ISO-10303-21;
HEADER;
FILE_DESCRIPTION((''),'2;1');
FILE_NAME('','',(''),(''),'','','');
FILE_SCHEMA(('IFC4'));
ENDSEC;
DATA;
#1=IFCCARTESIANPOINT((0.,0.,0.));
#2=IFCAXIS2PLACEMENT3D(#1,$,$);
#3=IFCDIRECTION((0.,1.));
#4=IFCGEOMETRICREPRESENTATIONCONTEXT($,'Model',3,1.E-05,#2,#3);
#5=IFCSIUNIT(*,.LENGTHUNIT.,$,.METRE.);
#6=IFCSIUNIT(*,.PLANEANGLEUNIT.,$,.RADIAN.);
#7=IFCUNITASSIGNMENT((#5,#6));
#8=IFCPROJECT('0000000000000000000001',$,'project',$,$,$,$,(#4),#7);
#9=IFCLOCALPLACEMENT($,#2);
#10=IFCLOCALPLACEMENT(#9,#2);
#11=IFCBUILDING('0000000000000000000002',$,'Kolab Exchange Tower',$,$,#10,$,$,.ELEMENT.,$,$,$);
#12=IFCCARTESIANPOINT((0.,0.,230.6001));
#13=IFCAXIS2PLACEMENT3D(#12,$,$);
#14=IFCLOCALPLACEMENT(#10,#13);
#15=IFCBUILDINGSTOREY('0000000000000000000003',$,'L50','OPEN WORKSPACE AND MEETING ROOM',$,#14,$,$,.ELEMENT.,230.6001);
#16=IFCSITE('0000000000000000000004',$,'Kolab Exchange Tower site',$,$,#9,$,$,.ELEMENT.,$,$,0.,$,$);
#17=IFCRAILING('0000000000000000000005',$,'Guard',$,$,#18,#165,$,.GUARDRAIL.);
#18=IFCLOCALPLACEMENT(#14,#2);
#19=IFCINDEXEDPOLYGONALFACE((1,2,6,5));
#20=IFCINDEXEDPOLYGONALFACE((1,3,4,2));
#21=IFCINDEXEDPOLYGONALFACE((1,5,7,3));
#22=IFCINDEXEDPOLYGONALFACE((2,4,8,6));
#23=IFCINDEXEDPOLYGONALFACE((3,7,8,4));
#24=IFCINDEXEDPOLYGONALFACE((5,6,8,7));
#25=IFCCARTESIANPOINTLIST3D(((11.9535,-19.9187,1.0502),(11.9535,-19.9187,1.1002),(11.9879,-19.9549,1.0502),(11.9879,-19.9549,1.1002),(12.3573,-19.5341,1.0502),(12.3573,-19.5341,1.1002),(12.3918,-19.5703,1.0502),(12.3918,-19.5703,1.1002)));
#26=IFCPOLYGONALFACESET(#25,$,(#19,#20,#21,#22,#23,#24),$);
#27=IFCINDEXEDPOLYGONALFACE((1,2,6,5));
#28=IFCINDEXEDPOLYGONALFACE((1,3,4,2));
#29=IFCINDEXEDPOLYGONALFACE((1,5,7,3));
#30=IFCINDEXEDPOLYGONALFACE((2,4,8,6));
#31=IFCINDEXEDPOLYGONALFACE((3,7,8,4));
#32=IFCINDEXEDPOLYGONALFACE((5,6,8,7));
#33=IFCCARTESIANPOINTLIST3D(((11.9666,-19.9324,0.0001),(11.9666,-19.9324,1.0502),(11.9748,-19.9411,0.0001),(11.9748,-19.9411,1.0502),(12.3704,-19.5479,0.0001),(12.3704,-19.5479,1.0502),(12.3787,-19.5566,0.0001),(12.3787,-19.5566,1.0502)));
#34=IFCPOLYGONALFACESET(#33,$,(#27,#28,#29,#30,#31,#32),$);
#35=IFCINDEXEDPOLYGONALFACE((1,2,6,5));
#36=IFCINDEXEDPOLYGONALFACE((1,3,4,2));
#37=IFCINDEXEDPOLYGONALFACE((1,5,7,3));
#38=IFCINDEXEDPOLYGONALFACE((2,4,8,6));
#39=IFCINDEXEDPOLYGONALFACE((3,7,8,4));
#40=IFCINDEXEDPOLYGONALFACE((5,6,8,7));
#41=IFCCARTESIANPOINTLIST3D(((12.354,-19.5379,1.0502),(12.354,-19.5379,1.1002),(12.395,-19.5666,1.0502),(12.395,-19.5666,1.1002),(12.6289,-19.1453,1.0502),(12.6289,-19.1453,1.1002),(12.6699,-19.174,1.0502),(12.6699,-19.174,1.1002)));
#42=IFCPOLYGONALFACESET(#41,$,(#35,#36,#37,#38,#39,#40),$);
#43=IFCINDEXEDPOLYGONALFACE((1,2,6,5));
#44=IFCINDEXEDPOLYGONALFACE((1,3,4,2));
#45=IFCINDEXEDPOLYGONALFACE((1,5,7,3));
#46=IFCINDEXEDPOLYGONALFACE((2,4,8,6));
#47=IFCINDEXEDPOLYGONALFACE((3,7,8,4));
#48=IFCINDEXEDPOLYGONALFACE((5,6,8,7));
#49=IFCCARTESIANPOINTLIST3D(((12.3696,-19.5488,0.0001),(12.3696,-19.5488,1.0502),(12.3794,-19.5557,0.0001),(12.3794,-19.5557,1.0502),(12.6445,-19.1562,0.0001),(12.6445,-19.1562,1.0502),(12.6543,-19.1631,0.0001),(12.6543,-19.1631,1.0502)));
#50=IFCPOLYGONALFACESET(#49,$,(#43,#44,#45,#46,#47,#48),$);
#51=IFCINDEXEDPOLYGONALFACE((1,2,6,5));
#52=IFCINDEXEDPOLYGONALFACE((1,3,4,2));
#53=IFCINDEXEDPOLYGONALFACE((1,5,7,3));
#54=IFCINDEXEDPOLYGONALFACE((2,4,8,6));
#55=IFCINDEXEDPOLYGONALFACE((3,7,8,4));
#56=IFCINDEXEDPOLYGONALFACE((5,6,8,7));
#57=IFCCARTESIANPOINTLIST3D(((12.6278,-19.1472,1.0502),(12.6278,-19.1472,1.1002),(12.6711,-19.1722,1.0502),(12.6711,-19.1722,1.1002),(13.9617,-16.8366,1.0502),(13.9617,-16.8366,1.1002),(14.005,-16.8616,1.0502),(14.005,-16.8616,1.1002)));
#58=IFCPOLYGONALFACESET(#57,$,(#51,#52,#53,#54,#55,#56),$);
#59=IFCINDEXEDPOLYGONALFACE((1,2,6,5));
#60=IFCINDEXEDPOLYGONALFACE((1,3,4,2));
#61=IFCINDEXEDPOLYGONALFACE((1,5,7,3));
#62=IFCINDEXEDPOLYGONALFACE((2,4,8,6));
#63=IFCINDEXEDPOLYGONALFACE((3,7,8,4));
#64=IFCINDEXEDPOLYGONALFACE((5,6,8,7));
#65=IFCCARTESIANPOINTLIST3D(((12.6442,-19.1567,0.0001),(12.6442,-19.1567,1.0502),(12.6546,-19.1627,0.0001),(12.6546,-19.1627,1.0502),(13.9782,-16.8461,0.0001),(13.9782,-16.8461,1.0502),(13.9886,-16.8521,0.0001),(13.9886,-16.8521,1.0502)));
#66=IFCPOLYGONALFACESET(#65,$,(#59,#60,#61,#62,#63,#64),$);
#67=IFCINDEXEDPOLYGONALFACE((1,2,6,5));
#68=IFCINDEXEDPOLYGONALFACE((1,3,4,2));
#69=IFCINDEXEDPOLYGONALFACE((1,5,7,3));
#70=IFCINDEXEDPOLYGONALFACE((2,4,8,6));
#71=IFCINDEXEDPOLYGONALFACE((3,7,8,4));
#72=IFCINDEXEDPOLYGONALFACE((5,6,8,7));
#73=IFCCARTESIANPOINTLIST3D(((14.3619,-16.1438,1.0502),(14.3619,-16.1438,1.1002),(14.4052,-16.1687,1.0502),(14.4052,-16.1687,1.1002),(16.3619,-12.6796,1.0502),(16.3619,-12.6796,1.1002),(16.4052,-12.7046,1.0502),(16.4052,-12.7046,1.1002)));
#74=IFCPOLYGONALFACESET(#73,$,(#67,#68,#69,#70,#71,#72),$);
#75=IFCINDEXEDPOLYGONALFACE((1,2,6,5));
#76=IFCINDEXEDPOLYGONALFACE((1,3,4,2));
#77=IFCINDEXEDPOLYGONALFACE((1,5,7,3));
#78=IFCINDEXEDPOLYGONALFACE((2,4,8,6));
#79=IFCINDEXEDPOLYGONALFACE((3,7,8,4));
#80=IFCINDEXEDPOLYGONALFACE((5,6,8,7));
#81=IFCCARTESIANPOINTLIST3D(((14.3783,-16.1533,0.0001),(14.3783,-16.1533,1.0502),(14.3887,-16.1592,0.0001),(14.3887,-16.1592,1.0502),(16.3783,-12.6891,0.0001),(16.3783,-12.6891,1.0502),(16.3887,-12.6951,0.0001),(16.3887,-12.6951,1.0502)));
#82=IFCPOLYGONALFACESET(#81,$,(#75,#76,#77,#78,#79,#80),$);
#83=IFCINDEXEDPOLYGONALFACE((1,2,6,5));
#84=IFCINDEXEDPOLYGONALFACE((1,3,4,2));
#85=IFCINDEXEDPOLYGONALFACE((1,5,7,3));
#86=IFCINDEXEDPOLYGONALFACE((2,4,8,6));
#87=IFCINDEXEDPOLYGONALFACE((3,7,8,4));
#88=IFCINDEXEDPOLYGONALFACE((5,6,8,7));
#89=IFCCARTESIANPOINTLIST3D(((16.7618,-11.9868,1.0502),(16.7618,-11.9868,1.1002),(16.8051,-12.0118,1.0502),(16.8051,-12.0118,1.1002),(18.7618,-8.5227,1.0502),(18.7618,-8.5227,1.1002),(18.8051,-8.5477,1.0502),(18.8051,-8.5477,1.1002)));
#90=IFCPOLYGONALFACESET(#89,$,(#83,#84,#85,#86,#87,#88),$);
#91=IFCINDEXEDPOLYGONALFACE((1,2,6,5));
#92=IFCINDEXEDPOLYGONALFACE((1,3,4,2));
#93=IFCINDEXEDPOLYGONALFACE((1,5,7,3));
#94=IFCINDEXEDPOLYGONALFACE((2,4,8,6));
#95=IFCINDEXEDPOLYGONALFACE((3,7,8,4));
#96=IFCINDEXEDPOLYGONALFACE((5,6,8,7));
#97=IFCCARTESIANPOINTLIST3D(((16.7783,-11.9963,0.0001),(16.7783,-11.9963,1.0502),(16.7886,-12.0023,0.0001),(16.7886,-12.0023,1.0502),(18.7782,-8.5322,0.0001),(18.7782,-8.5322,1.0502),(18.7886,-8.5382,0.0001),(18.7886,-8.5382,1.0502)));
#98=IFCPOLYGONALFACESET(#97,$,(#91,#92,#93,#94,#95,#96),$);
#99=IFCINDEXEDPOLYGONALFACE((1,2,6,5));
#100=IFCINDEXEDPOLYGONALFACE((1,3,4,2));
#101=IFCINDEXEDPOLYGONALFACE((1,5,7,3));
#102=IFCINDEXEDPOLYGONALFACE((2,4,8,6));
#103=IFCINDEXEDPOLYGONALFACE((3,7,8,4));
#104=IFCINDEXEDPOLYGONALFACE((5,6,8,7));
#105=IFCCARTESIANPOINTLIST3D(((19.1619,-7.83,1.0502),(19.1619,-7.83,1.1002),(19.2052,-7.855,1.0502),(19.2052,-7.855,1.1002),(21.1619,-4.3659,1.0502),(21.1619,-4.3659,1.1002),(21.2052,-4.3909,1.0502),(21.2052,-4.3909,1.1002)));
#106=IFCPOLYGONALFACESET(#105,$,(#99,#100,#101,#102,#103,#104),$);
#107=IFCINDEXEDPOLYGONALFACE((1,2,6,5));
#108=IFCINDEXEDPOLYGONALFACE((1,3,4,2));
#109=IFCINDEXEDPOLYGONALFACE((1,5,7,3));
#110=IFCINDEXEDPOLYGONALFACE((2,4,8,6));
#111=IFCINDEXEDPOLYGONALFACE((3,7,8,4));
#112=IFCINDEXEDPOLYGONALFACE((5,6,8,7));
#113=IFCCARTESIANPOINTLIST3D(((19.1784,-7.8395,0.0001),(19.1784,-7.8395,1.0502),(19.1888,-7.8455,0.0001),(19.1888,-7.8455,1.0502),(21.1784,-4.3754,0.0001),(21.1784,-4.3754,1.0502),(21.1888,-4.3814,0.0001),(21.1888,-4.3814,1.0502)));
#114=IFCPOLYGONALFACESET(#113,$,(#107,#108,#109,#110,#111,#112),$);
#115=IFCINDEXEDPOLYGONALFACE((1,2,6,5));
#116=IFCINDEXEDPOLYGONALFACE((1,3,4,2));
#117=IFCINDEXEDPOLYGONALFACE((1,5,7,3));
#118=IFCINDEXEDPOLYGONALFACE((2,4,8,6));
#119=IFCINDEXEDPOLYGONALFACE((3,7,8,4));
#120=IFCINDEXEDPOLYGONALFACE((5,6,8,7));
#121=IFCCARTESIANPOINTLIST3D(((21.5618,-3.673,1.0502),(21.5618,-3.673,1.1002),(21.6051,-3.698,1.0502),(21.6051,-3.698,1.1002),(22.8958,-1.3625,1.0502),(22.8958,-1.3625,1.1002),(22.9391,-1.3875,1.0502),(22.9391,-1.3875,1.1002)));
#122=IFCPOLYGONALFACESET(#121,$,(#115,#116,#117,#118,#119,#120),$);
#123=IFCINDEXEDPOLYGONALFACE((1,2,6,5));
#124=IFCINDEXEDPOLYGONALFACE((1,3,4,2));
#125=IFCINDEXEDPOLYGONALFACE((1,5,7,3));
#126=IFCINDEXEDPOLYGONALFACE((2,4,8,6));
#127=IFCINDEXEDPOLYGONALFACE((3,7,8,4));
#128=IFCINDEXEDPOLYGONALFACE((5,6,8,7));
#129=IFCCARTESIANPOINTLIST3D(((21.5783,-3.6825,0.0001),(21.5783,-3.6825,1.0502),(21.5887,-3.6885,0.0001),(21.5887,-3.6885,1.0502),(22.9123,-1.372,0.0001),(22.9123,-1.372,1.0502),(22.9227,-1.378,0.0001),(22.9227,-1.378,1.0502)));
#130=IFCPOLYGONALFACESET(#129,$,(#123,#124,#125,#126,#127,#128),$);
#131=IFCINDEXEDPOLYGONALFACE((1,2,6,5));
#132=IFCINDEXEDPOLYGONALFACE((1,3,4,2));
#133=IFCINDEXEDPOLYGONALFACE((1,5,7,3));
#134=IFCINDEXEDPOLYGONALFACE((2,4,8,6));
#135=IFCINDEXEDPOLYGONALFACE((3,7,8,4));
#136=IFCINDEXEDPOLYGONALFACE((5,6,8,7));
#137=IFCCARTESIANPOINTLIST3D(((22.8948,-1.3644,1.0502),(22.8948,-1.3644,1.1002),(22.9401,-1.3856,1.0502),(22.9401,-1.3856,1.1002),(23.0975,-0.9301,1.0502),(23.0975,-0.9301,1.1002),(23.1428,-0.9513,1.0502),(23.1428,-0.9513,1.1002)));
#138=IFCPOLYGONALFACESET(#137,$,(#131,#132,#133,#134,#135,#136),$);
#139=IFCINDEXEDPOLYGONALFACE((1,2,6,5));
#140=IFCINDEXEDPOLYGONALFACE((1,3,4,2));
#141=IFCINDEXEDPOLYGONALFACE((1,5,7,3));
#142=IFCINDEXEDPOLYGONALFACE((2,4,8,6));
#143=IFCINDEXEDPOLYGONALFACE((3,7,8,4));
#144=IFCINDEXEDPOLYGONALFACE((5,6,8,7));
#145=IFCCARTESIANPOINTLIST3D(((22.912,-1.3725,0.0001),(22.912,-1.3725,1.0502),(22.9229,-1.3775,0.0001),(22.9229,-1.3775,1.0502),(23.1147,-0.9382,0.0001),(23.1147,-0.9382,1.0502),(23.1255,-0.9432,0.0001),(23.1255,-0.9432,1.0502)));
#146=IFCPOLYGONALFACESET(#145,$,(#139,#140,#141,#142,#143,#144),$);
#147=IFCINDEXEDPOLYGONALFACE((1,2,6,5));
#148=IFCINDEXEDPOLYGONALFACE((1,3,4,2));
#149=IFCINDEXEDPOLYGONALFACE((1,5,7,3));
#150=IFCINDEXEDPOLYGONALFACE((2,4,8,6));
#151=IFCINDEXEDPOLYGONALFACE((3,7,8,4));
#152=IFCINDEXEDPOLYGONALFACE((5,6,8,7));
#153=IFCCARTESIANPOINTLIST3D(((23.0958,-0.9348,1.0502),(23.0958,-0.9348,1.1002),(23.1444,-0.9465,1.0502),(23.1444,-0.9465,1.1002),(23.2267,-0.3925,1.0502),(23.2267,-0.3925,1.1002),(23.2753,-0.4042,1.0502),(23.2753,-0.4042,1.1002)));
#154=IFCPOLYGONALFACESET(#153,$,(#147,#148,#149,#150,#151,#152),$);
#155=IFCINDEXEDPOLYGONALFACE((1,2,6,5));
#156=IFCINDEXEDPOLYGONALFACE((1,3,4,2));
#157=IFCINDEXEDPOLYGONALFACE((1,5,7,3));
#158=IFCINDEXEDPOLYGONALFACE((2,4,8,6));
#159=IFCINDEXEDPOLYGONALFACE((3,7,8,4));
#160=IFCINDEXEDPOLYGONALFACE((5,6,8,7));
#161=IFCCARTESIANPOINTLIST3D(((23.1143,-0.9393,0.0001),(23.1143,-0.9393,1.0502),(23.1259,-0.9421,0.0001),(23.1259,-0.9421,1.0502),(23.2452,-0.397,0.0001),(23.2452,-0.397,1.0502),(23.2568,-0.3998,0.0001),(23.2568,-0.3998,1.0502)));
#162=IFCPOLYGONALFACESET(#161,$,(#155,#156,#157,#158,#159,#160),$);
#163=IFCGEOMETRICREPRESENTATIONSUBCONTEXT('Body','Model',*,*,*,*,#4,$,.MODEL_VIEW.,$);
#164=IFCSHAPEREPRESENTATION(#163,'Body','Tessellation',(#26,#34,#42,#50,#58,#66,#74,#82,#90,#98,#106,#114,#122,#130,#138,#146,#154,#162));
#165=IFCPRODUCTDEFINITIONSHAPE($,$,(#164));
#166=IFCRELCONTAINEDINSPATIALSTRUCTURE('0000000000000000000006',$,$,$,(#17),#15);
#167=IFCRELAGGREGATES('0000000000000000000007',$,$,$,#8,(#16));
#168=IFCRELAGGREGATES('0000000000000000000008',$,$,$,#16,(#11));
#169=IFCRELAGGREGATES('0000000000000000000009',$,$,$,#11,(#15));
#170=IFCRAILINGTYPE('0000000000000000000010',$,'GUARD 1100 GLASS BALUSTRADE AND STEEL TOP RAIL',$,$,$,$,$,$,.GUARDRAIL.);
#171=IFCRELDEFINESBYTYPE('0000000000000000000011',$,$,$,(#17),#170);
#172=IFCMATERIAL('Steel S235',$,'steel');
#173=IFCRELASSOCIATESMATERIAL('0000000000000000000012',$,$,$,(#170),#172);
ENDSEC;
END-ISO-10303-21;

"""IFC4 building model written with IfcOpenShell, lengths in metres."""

from ifc_helpers import new_model, si_unit, direction, frame, frame_2d, origin, origin_2d, place, context, subcontext, project, spatial, rectangle, extrude, material, type_object, element, save


model = new_model("IFC4")

# Units and contexts
model_context = context("Model", 3, precision=1e-05, world=origin(), true_north=direction((0.0, 1.0)))
body_context = subcontext(model_context, "Body", "Model", "MODEL_VIEW")
ifc_project = project(units=[si_unit("LENGTHUNIT", "METRE"), si_unit("PLANEANGLEUNIT", "RADIAN")], contexts=[model_context])

# Site, building, storey
site_placement = place(None, origin())
site = spatial("IfcSite", under=ifc_project, at=site_placement, Name="Kolab Exchange Tower site", CompositionType="ELEMENT", RefElevation=0.0)
building_placement = place(site_placement, origin())
building = spatial("IfcBuilding", under=site, at=building_placement, Name="Kolab Exchange Tower", CompositionType="ELEMENT")
storey_placement = place(building_placement, frame((0.0, 0.0, 230.6001)))
storey = spatial("IfcBuildingStorey", under=building, at=storey_placement, Name="L50", Description="OPEN WORKSPACE AND MEETING ROOM", CompositionType="ELEMENT", Elevation=230.6001)

# Railing
ifc_material_1 = material(Name="Steel S235", Category="steel")
railing_type = type_object("IfcRailingType", Name="GUARD 1100 GLASS BALUSTRADE AND STEEL TOP RAIL", PredefinedType="GUARDRAIL", material=ifc_material_1)
railing_placement = place(storey_placement, frame((11.9707, -19.9368, 0.0)))
element("IfcRailing", 1, at=railing_placement, inside=storey, type_object=railing_type, Name="Guard", PredefinedType="GUARDRAIL", context=body_context, shape_type="SweptSolid", body=[
    extrude(rectangle(XDim=0.05, YDim=0.05, at=origin_2d()), frame((0.0, 0.0, 1.0752), z_axis=(0.72419, 0.689601, 0.0), x_axis=(-0.689601, 0.72419, 0.0)), (0.0, 0.0, 1.0), 0.5576),
    extrude(rectangle(XDim=0.012, YDim=1.0501, at=frame_2d((0.0, 0.5251))), frame((0.0, 0.0, 0.0), z_axis=(0.72419, 0.689601, 0.0), x_axis=(-0.689601, 0.72419, 0.0)), (0.0, 0.0, 1.0), 0.5576),
    extrude(rectangle(XDim=0.05, YDim=0.05, at=origin_2d()), frame((0.4038, 0.3845, 1.0752), z_axis=(0.573599, 0.819136, 0.0), x_axis=(-0.819136, 0.573599, 0.0)), (0.0, 0.0, 1.0), 0.4792),
    extrude(rectangle(XDim=0.012, YDim=1.0501, at=frame_2d((0.0, 0.5251))), frame((0.4038, 0.3845, 0.0), z_axis=(0.573599, 0.819136, 0.0), x_axis=(-0.819136, 0.573599, 0.0)), (0.0, 0.0, 1.0), 0.4792),
    extrude(rectangle(XDim=0.05, YDim=0.05, at=origin_2d()), frame((0.6787, 0.7771, 1.0752), z_axis=(0.499997, 0.866027, 0.0), x_axis=(-0.866027, 0.499997, 0.0)), (0.0, 0.0, 1.0), 2.668),
    extrude(rectangle(XDim=0.012, YDim=1.0501, at=frame_2d((0.0, 0.5251))), frame((0.6787, 0.7771, 0.0), z_axis=(0.499997, 0.866027, 0.0), x_axis=(-0.866027, 0.499997, 0.0)), (0.0, 0.0, 1.0), 2.668),
    extrude(rectangle(XDim=0.05, YDim=0.05, at=origin_2d()), frame((2.4128, 3.7805, 1.0752), z_axis=(0.499999, 0.866026, 0.0), x_axis=(-0.866026, 0.499999, 0.0)), (0.0, 0.0, 1.0), 4.0),
    extrude(rectangle(XDim=0.012, YDim=1.0501, at=frame_2d((0.0, 0.5251))), frame((2.4128, 3.7805, 0.0), z_axis=(0.499999, 0.866026, 0.0), x_axis=(-0.866026, 0.499999, 0.0)), (0.0, 0.0, 1.0), 4.0),
    extrude(rectangle(XDim=0.05, YDim=0.05, at=origin_2d()), frame((4.8127, 7.9375, 1.0752), z_axis=(0.499999, 0.866026, 0.0), x_axis=(-0.866026, 0.499999, 0.0)), (0.0, 0.0, 1.0), 4.0),
    extrude(rectangle(XDim=0.012, YDim=1.0501, at=frame_2d((0.0, 0.5251))), frame((4.8127, 7.9375, 0.0), z_axis=(0.499999, 0.866026, 0.0), x_axis=(-0.866026, 0.499999, 0.0)), (0.0, 0.0, 1.0), 4.0),
    extrude(rectangle(XDim=0.05, YDim=0.05, at=origin_2d()), frame((7.2129, 12.0942, 1.0752), z_axis=(0.499999, 0.866026, 0.0), x_axis=(-0.866026, 0.499999, 0.0)), (0.0, 0.0, 1.0), 4.0),
    extrude(rectangle(XDim=0.012, YDim=1.0501, at=frame_2d((0.0, 0.5251))), frame((7.2129, 12.0942, 0.0), z_axis=(0.499999, 0.866026, 0.0), x_axis=(-0.866026, 0.499999, 0.0)), (0.0, 0.0, 1.0), 4.0),
    extrude(rectangle(XDim=0.05, YDim=0.05, at=origin_2d()), frame((9.6128, 16.2512, 1.0752), z_axis=(0.499997, 0.866027, 0.0), x_axis=(-0.866027, 0.499997, 0.0)), (0.0, 0.0, 1.0), 2.668),
    extrude(rectangle(XDim=0.012, YDim=1.0501, at=frame_2d((0.0, 0.5251))), frame((9.6128, 16.2512, 0.0), z_axis=(0.499997, 0.866027, 0.0), x_axis=(-0.866027, 0.499997, 0.0)), (0.0, 0.0, 1.0), 2.668),
    extrude(rectangle(XDim=0.05, YDim=0.05, at=origin_2d()), frame((10.9468, 18.5618, 1.0752), z_axis=(0.422802, 0.906222, 0.0), x_axis=(-0.906222, 0.422802, 0.0)), (0.0, 0.0, 1.0), 0.4792),
    extrude(rectangle(XDim=0.012, YDim=1.0501, at=frame_2d((0.0, 0.5251))), frame((10.9468, 18.5618, 0.0), z_axis=(0.422802, 0.906222, 0.0), x_axis=(-0.906222, 0.422802, 0.0)), (0.0, 0.0, 1.0), 0.4792),
    extrude(rectangle(XDim=0.05, YDim=0.05, at=origin_2d()), frame((11.1494, 18.9961, 1.0752), z_axis=(0.234598, 0.972093, 0.0), x_axis=(-0.972093, 0.234598, 0.0)), (0.0, 0.0, 1.0), 0.5579),
    extrude(rectangle(XDim=0.012, YDim=1.0501, at=frame_2d((0.0, 0.5251))), frame((11.1494, 18.9961, 0.0), z_axis=(0.234598, 0.972093, 0.0), x_axis=(-0.972093, 0.234598, 0.0)), (0.0, 0.0, 1.0), 0.5579),
])

save(model, "model.ifc")
